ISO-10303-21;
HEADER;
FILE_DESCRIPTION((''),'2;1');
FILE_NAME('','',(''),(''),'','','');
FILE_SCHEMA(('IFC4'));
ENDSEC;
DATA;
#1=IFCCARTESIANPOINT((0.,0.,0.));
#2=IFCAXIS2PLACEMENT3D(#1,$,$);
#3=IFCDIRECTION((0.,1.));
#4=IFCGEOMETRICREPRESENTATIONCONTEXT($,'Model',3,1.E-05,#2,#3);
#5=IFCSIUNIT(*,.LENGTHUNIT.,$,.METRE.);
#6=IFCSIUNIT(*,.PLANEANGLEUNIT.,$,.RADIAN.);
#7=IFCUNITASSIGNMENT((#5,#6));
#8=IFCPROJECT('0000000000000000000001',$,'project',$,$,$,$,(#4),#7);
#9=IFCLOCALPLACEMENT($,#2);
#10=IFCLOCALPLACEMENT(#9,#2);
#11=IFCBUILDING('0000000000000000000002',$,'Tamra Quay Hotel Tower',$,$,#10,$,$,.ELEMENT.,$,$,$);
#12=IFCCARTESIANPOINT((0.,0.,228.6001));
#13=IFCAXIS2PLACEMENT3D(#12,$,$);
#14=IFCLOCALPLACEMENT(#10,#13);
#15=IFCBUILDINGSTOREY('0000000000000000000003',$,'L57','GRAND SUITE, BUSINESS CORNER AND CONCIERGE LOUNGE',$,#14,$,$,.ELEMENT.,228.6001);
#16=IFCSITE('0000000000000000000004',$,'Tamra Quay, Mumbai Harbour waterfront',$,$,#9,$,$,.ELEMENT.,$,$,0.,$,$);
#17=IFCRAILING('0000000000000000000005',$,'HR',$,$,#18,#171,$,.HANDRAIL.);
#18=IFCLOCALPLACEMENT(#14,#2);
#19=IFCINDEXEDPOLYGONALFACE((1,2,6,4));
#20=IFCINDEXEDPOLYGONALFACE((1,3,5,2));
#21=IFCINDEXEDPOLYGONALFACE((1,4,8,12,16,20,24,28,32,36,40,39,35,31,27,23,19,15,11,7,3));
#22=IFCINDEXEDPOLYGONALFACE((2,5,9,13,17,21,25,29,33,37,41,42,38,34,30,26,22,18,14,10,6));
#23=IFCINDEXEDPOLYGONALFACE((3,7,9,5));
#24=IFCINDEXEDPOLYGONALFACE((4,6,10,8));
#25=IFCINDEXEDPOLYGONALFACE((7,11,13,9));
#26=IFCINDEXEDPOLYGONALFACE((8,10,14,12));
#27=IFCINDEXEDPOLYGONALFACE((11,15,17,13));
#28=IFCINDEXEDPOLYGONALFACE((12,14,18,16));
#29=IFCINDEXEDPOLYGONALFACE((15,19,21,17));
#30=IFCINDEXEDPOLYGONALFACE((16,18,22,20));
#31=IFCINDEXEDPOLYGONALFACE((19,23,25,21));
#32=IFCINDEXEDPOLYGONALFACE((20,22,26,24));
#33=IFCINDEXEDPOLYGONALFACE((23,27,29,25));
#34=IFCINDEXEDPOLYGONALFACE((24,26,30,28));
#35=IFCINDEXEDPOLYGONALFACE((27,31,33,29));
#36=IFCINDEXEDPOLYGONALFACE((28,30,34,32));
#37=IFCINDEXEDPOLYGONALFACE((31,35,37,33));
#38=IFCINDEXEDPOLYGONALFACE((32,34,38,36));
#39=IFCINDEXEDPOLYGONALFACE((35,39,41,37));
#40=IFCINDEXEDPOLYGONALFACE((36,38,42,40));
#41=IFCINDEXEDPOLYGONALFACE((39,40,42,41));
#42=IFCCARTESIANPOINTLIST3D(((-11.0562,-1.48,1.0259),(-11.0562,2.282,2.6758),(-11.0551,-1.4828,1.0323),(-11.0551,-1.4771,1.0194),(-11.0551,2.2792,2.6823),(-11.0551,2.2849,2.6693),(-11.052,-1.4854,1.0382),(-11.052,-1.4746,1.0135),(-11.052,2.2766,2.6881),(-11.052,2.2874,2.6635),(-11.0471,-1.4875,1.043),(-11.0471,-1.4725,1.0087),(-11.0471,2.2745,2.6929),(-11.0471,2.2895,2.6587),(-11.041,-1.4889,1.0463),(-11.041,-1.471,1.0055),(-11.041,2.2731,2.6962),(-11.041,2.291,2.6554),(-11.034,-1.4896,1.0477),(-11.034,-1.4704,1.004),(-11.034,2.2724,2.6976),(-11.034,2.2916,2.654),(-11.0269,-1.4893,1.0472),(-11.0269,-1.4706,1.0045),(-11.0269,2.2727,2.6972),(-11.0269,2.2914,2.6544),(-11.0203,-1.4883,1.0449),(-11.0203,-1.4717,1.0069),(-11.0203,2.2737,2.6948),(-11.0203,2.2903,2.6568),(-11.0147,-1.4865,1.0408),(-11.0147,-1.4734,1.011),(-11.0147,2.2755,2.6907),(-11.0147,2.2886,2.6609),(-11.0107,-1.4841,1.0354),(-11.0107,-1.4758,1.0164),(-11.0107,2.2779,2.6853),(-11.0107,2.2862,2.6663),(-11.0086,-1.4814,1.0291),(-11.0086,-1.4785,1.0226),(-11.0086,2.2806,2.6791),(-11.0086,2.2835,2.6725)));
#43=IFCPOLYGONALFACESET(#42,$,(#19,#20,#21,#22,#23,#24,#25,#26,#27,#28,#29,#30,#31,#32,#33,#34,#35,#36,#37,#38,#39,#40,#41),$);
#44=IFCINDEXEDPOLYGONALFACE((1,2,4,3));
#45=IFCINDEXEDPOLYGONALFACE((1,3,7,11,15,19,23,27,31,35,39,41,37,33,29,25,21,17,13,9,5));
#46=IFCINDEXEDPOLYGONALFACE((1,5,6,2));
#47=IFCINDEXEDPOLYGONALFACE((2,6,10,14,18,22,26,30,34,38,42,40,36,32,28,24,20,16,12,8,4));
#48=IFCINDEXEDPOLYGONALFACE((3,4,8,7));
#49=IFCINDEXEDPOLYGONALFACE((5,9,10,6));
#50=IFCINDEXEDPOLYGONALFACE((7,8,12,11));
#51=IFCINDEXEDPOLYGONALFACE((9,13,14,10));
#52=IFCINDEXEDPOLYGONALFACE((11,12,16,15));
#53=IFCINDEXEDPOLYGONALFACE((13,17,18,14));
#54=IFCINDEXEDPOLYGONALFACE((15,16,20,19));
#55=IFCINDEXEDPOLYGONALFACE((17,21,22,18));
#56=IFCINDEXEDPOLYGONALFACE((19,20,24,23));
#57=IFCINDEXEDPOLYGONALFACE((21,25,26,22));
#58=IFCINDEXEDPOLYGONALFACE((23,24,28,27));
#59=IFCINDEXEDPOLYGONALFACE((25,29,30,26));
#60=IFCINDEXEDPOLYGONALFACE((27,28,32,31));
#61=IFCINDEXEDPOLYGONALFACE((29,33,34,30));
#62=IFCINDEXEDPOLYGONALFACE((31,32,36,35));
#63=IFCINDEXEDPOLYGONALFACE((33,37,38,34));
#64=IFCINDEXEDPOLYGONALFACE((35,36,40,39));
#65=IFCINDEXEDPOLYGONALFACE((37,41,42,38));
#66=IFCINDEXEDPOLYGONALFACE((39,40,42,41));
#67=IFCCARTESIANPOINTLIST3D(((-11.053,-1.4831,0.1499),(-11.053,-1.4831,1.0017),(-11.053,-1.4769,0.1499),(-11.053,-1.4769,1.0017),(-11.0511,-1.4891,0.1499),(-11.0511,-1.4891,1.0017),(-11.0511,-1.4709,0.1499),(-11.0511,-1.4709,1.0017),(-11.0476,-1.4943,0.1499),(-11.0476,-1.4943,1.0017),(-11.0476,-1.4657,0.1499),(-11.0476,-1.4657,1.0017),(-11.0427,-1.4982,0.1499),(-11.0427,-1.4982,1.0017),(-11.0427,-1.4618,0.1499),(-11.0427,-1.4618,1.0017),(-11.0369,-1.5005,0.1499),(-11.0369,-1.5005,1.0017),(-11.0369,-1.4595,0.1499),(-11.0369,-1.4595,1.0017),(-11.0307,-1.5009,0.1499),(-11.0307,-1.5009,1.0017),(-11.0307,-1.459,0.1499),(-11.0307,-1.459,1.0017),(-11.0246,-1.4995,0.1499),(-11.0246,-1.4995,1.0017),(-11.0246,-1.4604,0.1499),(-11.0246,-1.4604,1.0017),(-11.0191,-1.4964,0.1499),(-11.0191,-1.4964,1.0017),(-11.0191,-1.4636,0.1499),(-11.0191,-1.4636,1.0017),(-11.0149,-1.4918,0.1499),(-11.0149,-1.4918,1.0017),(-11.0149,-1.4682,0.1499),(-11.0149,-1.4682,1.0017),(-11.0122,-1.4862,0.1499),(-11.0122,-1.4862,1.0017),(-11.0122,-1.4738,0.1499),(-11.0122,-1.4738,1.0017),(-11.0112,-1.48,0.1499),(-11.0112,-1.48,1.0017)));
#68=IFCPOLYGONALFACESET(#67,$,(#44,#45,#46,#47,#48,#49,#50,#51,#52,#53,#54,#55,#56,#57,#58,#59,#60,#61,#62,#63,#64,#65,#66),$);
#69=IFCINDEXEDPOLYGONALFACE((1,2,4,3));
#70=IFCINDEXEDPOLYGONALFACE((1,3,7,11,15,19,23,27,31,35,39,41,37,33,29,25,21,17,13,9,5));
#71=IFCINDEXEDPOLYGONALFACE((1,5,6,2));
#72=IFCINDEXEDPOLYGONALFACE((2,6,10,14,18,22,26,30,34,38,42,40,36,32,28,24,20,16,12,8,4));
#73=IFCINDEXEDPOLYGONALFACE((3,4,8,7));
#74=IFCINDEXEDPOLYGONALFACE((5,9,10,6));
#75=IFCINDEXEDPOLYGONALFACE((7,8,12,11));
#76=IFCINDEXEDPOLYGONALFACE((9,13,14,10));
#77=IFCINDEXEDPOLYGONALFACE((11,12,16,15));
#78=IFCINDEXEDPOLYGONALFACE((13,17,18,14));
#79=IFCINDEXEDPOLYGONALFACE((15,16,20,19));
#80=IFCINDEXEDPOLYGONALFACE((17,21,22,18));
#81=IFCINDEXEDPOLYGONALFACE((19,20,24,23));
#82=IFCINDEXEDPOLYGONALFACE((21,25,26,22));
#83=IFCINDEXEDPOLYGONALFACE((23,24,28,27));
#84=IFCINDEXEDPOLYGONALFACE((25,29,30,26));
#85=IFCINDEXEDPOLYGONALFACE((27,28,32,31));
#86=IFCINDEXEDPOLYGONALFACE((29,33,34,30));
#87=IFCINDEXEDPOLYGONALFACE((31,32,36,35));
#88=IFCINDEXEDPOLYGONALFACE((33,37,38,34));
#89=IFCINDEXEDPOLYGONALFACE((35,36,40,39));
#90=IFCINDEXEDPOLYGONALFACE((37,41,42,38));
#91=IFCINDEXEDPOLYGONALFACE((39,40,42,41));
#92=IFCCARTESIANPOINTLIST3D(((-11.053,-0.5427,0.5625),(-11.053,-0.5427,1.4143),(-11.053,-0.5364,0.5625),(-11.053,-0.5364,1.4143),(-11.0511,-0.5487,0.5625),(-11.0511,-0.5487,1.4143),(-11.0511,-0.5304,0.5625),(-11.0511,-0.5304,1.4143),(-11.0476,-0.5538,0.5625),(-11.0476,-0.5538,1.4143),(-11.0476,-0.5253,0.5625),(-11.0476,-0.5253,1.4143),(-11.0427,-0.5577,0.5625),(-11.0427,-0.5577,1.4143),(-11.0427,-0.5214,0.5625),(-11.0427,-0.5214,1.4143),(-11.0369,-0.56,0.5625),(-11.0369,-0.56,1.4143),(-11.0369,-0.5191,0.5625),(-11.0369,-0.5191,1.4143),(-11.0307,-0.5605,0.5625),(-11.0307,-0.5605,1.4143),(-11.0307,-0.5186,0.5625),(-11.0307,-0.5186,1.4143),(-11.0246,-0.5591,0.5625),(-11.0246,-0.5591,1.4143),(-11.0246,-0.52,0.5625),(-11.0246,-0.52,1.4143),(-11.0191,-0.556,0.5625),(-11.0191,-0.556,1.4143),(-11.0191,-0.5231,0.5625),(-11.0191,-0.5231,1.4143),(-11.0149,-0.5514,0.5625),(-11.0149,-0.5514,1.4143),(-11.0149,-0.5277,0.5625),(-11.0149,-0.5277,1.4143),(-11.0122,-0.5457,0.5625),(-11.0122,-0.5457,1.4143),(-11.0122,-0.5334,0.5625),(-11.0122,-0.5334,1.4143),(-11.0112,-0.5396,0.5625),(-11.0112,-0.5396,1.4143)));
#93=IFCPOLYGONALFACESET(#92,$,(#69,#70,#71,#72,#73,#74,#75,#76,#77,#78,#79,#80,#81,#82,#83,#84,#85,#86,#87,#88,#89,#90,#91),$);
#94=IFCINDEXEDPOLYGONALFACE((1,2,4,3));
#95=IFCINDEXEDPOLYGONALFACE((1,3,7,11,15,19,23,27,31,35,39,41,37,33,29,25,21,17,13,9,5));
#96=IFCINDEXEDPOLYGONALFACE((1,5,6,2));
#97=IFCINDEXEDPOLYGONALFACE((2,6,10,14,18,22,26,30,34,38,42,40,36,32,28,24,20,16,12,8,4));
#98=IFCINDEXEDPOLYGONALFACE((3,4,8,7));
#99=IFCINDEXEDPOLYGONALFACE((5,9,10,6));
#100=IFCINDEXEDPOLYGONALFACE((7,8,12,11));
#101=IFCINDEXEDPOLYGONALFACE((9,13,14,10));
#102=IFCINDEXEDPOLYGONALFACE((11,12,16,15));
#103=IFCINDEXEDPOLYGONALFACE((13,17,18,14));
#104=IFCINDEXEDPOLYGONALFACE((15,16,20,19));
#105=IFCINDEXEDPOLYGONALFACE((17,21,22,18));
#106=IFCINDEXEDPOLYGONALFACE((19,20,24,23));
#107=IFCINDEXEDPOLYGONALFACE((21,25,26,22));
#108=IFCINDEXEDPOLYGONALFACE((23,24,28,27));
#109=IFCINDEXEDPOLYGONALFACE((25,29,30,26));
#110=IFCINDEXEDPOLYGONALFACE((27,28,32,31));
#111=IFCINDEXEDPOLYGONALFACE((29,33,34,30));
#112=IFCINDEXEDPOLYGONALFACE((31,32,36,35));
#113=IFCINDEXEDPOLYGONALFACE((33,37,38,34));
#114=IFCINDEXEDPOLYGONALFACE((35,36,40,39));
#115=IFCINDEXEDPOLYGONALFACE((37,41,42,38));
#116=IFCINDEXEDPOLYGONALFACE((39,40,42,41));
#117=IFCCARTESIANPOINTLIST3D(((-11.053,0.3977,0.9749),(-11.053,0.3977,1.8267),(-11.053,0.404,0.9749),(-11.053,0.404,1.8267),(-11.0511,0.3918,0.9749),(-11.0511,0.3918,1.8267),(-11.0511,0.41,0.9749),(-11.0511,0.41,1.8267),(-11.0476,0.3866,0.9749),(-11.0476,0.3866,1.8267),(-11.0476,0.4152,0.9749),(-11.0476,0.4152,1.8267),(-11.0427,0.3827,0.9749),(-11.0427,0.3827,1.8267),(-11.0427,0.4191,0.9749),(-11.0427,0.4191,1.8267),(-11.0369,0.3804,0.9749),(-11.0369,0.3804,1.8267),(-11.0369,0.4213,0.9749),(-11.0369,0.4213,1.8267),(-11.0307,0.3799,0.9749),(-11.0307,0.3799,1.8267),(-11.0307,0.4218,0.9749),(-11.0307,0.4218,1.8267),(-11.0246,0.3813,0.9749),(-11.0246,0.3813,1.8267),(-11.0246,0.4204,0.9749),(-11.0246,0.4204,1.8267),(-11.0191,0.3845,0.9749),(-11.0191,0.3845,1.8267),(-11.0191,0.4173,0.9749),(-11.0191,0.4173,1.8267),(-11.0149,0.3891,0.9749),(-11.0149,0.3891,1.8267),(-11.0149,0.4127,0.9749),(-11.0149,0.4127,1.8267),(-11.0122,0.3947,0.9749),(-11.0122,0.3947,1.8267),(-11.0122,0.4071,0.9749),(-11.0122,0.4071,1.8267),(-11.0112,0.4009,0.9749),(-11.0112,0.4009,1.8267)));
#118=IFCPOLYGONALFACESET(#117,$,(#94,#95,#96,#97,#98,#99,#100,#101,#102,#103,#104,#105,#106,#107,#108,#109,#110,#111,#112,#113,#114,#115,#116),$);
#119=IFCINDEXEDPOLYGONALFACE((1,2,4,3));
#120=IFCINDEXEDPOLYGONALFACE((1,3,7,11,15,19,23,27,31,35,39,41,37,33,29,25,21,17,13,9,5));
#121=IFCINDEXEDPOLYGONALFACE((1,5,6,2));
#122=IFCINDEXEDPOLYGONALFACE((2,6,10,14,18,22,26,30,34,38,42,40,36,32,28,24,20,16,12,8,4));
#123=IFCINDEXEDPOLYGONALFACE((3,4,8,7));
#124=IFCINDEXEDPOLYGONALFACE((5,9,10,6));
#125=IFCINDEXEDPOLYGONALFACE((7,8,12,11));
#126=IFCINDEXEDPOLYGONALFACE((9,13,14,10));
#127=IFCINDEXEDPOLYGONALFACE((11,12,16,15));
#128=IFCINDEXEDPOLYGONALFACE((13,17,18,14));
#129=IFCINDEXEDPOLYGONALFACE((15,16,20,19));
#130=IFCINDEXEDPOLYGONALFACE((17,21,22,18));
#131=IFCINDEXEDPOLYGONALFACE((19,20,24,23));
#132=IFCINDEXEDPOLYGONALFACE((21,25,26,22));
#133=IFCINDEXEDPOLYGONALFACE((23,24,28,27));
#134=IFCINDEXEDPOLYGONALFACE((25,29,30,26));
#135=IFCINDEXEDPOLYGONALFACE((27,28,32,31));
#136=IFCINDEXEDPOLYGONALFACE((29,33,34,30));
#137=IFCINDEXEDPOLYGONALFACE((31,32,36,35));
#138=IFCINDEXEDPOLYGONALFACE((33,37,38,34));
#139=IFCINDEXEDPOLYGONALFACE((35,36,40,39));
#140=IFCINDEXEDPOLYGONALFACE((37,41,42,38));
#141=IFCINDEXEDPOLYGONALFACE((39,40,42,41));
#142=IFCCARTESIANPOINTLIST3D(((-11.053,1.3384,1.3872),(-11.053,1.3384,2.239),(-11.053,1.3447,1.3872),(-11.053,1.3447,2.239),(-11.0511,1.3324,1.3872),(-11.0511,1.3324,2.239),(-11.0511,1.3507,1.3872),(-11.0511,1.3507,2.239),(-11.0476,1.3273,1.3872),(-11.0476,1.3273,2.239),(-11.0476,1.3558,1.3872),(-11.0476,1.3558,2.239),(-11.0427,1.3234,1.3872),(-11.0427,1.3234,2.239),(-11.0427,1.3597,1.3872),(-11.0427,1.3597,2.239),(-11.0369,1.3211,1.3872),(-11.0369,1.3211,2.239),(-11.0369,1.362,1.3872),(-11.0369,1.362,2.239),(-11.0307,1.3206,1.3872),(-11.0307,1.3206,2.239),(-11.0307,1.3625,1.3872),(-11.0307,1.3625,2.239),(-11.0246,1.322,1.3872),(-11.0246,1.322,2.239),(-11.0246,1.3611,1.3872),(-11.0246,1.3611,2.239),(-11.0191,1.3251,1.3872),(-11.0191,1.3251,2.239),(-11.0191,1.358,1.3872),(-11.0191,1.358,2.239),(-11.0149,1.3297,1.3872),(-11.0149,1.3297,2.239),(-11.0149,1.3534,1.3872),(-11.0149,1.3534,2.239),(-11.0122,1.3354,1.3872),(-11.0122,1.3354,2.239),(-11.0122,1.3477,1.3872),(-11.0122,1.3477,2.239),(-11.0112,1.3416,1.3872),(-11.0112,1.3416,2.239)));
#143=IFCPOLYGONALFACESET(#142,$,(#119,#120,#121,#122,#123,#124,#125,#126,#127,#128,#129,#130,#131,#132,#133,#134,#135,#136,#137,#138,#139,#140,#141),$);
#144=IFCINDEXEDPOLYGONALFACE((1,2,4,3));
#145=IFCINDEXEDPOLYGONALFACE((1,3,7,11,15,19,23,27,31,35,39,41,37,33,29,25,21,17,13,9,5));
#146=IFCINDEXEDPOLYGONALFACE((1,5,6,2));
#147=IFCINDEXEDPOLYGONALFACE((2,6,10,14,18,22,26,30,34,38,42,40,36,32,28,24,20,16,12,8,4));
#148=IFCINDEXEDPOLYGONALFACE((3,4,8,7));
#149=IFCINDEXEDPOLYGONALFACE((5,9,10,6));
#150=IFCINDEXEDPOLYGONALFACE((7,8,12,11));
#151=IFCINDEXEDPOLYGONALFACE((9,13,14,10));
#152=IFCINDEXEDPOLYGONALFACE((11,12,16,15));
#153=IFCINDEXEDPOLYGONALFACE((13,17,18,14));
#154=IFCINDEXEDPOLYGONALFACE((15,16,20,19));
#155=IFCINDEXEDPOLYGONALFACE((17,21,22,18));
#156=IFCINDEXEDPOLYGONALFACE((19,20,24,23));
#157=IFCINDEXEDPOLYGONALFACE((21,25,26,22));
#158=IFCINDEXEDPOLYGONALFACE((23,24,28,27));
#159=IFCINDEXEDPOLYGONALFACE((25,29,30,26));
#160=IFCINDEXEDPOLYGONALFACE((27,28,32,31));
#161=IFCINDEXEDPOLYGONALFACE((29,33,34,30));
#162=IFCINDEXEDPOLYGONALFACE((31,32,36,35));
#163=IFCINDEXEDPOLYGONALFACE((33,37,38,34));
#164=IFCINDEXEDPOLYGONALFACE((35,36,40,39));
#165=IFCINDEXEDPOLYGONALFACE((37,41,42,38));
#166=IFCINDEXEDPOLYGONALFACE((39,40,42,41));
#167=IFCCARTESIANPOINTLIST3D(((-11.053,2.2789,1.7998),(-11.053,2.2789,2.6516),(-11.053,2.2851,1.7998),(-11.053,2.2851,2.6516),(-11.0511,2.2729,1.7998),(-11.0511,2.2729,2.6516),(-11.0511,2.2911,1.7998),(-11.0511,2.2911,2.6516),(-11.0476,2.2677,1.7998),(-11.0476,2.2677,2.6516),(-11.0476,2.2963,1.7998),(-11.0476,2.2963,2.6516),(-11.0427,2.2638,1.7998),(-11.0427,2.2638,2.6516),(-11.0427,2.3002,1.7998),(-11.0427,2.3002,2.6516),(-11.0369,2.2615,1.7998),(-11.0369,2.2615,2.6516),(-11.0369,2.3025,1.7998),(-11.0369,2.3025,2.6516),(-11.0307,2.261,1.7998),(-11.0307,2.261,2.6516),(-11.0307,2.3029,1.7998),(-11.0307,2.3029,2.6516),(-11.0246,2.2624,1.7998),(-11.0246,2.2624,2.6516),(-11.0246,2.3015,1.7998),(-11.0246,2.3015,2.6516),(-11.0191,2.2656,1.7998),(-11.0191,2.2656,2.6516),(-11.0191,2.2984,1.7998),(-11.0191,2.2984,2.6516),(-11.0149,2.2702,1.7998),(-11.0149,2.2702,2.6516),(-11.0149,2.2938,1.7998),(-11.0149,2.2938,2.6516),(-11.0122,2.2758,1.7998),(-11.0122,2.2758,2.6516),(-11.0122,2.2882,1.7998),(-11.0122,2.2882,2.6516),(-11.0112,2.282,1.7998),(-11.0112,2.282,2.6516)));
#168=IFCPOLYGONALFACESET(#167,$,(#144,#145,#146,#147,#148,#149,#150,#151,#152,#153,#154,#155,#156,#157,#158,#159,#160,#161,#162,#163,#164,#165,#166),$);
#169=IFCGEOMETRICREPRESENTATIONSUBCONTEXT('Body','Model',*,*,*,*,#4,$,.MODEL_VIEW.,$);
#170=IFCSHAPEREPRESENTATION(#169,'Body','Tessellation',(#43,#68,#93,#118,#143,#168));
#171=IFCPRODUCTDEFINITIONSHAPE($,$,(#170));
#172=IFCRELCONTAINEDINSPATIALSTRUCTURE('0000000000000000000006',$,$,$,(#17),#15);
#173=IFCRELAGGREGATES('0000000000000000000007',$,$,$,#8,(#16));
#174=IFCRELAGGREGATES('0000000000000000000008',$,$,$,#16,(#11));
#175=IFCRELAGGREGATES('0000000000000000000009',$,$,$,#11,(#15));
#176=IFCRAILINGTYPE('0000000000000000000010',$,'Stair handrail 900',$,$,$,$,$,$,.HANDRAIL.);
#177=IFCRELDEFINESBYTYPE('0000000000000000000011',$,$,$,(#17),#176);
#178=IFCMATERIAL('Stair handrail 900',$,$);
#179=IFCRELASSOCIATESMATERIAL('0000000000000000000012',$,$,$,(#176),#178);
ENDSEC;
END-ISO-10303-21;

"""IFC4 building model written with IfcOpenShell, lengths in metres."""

from ifc_helpers import new_model, si_unit, direction, frame, origin, origin_2d, place, context, subcontext, project, spatial, circle, extrude, material, type_object, element, save


model = new_model("IFC4")

# Units and contexts
model_context = context("Model", 3, precision=1e-05, world=origin(), true_north=direction((0.0, 1.0)))
body_context = subcontext(model_context, "Body", "Model", "MODEL_VIEW")
ifc_project = project(units=[si_unit("LENGTHUNIT", "METRE"), si_unit("PLANEANGLEUNIT", "RADIAN")], contexts=[model_context])

# Site, building, storey
site_placement = place(None, origin())
site = spatial("IfcSite", under=ifc_project, at=site_placement, Name="Tamra Quay, Mumbai Harbour waterfront", CompositionType="ELEMENT", RefElevation=0.0)
building_placement = place(site_placement, origin())
building = spatial("IfcBuilding", under=site, at=building_placement, Name="Tamra Quay Hotel Tower", CompositionType="ELEMENT")
storey_placement = place(building_placement, frame((0.0, 0.0, 228.6001)))
storey = spatial("IfcBuildingStorey", under=building, at=storey_placement, Name="L57", Description="GRAND SUITE, BUSINESS CORNER AND CONCIERGE LOUNGE", CompositionType="ELEMENT", Elevation=228.6001)

# Railing
ifc_material_1 = material(Name="Stair handrail 900")
railing_type = type_object("IfcRailingType", Name="Stair handrail 900", PredefinedType="HANDRAIL", material=ifc_material_1)
railing_placement = place(storey_placement, frame((-11.0322, -1.48, 0.1499)))
element("IfcRailing", 1, at=railing_placement, inside=storey, type_object=railing_type, Name="HR", PredefinedType="HANDRAIL", context=body_context, shape_type="SweptSolid", body=[
    extrude(circle(Radius=0.0239, at=origin_2d()), frame((0.0, 0.0, 0.876), z_axis=(0.0, 0.915795, 0.401645), x_axis=(-1.0, 0.0, 0.0)), (0.0, 0.0, 1.0), 4.1079),
    extrude(circle(Radius=0.021, at=origin_2d()), origin(), (0.0, 0.0, 1.0), 0.8518),
    extrude(circle(Radius=0.021, at=origin_2d()), frame((0.0, 0.9404, 0.4126)), (0.0, 0.0, 1.0), 0.8518),
    extrude(circle(Radius=0.021, at=origin_2d()), frame((0.0, 1.8809, 0.825)), (0.0, 0.0, 1.0), 0.8518),
    extrude(circle(Radius=0.021, at=origin_2d()), frame((0.0, 2.8215, 1.2373)), (0.0, 0.0, 1.0), 0.8518),
    extrude(circle(Radius=0.021, at=origin_2d()), frame((0.0, 3.762, 1.6499)), (0.0, 0.0, 1.0), 0.8518),
])

save(model, "model.ifc")
